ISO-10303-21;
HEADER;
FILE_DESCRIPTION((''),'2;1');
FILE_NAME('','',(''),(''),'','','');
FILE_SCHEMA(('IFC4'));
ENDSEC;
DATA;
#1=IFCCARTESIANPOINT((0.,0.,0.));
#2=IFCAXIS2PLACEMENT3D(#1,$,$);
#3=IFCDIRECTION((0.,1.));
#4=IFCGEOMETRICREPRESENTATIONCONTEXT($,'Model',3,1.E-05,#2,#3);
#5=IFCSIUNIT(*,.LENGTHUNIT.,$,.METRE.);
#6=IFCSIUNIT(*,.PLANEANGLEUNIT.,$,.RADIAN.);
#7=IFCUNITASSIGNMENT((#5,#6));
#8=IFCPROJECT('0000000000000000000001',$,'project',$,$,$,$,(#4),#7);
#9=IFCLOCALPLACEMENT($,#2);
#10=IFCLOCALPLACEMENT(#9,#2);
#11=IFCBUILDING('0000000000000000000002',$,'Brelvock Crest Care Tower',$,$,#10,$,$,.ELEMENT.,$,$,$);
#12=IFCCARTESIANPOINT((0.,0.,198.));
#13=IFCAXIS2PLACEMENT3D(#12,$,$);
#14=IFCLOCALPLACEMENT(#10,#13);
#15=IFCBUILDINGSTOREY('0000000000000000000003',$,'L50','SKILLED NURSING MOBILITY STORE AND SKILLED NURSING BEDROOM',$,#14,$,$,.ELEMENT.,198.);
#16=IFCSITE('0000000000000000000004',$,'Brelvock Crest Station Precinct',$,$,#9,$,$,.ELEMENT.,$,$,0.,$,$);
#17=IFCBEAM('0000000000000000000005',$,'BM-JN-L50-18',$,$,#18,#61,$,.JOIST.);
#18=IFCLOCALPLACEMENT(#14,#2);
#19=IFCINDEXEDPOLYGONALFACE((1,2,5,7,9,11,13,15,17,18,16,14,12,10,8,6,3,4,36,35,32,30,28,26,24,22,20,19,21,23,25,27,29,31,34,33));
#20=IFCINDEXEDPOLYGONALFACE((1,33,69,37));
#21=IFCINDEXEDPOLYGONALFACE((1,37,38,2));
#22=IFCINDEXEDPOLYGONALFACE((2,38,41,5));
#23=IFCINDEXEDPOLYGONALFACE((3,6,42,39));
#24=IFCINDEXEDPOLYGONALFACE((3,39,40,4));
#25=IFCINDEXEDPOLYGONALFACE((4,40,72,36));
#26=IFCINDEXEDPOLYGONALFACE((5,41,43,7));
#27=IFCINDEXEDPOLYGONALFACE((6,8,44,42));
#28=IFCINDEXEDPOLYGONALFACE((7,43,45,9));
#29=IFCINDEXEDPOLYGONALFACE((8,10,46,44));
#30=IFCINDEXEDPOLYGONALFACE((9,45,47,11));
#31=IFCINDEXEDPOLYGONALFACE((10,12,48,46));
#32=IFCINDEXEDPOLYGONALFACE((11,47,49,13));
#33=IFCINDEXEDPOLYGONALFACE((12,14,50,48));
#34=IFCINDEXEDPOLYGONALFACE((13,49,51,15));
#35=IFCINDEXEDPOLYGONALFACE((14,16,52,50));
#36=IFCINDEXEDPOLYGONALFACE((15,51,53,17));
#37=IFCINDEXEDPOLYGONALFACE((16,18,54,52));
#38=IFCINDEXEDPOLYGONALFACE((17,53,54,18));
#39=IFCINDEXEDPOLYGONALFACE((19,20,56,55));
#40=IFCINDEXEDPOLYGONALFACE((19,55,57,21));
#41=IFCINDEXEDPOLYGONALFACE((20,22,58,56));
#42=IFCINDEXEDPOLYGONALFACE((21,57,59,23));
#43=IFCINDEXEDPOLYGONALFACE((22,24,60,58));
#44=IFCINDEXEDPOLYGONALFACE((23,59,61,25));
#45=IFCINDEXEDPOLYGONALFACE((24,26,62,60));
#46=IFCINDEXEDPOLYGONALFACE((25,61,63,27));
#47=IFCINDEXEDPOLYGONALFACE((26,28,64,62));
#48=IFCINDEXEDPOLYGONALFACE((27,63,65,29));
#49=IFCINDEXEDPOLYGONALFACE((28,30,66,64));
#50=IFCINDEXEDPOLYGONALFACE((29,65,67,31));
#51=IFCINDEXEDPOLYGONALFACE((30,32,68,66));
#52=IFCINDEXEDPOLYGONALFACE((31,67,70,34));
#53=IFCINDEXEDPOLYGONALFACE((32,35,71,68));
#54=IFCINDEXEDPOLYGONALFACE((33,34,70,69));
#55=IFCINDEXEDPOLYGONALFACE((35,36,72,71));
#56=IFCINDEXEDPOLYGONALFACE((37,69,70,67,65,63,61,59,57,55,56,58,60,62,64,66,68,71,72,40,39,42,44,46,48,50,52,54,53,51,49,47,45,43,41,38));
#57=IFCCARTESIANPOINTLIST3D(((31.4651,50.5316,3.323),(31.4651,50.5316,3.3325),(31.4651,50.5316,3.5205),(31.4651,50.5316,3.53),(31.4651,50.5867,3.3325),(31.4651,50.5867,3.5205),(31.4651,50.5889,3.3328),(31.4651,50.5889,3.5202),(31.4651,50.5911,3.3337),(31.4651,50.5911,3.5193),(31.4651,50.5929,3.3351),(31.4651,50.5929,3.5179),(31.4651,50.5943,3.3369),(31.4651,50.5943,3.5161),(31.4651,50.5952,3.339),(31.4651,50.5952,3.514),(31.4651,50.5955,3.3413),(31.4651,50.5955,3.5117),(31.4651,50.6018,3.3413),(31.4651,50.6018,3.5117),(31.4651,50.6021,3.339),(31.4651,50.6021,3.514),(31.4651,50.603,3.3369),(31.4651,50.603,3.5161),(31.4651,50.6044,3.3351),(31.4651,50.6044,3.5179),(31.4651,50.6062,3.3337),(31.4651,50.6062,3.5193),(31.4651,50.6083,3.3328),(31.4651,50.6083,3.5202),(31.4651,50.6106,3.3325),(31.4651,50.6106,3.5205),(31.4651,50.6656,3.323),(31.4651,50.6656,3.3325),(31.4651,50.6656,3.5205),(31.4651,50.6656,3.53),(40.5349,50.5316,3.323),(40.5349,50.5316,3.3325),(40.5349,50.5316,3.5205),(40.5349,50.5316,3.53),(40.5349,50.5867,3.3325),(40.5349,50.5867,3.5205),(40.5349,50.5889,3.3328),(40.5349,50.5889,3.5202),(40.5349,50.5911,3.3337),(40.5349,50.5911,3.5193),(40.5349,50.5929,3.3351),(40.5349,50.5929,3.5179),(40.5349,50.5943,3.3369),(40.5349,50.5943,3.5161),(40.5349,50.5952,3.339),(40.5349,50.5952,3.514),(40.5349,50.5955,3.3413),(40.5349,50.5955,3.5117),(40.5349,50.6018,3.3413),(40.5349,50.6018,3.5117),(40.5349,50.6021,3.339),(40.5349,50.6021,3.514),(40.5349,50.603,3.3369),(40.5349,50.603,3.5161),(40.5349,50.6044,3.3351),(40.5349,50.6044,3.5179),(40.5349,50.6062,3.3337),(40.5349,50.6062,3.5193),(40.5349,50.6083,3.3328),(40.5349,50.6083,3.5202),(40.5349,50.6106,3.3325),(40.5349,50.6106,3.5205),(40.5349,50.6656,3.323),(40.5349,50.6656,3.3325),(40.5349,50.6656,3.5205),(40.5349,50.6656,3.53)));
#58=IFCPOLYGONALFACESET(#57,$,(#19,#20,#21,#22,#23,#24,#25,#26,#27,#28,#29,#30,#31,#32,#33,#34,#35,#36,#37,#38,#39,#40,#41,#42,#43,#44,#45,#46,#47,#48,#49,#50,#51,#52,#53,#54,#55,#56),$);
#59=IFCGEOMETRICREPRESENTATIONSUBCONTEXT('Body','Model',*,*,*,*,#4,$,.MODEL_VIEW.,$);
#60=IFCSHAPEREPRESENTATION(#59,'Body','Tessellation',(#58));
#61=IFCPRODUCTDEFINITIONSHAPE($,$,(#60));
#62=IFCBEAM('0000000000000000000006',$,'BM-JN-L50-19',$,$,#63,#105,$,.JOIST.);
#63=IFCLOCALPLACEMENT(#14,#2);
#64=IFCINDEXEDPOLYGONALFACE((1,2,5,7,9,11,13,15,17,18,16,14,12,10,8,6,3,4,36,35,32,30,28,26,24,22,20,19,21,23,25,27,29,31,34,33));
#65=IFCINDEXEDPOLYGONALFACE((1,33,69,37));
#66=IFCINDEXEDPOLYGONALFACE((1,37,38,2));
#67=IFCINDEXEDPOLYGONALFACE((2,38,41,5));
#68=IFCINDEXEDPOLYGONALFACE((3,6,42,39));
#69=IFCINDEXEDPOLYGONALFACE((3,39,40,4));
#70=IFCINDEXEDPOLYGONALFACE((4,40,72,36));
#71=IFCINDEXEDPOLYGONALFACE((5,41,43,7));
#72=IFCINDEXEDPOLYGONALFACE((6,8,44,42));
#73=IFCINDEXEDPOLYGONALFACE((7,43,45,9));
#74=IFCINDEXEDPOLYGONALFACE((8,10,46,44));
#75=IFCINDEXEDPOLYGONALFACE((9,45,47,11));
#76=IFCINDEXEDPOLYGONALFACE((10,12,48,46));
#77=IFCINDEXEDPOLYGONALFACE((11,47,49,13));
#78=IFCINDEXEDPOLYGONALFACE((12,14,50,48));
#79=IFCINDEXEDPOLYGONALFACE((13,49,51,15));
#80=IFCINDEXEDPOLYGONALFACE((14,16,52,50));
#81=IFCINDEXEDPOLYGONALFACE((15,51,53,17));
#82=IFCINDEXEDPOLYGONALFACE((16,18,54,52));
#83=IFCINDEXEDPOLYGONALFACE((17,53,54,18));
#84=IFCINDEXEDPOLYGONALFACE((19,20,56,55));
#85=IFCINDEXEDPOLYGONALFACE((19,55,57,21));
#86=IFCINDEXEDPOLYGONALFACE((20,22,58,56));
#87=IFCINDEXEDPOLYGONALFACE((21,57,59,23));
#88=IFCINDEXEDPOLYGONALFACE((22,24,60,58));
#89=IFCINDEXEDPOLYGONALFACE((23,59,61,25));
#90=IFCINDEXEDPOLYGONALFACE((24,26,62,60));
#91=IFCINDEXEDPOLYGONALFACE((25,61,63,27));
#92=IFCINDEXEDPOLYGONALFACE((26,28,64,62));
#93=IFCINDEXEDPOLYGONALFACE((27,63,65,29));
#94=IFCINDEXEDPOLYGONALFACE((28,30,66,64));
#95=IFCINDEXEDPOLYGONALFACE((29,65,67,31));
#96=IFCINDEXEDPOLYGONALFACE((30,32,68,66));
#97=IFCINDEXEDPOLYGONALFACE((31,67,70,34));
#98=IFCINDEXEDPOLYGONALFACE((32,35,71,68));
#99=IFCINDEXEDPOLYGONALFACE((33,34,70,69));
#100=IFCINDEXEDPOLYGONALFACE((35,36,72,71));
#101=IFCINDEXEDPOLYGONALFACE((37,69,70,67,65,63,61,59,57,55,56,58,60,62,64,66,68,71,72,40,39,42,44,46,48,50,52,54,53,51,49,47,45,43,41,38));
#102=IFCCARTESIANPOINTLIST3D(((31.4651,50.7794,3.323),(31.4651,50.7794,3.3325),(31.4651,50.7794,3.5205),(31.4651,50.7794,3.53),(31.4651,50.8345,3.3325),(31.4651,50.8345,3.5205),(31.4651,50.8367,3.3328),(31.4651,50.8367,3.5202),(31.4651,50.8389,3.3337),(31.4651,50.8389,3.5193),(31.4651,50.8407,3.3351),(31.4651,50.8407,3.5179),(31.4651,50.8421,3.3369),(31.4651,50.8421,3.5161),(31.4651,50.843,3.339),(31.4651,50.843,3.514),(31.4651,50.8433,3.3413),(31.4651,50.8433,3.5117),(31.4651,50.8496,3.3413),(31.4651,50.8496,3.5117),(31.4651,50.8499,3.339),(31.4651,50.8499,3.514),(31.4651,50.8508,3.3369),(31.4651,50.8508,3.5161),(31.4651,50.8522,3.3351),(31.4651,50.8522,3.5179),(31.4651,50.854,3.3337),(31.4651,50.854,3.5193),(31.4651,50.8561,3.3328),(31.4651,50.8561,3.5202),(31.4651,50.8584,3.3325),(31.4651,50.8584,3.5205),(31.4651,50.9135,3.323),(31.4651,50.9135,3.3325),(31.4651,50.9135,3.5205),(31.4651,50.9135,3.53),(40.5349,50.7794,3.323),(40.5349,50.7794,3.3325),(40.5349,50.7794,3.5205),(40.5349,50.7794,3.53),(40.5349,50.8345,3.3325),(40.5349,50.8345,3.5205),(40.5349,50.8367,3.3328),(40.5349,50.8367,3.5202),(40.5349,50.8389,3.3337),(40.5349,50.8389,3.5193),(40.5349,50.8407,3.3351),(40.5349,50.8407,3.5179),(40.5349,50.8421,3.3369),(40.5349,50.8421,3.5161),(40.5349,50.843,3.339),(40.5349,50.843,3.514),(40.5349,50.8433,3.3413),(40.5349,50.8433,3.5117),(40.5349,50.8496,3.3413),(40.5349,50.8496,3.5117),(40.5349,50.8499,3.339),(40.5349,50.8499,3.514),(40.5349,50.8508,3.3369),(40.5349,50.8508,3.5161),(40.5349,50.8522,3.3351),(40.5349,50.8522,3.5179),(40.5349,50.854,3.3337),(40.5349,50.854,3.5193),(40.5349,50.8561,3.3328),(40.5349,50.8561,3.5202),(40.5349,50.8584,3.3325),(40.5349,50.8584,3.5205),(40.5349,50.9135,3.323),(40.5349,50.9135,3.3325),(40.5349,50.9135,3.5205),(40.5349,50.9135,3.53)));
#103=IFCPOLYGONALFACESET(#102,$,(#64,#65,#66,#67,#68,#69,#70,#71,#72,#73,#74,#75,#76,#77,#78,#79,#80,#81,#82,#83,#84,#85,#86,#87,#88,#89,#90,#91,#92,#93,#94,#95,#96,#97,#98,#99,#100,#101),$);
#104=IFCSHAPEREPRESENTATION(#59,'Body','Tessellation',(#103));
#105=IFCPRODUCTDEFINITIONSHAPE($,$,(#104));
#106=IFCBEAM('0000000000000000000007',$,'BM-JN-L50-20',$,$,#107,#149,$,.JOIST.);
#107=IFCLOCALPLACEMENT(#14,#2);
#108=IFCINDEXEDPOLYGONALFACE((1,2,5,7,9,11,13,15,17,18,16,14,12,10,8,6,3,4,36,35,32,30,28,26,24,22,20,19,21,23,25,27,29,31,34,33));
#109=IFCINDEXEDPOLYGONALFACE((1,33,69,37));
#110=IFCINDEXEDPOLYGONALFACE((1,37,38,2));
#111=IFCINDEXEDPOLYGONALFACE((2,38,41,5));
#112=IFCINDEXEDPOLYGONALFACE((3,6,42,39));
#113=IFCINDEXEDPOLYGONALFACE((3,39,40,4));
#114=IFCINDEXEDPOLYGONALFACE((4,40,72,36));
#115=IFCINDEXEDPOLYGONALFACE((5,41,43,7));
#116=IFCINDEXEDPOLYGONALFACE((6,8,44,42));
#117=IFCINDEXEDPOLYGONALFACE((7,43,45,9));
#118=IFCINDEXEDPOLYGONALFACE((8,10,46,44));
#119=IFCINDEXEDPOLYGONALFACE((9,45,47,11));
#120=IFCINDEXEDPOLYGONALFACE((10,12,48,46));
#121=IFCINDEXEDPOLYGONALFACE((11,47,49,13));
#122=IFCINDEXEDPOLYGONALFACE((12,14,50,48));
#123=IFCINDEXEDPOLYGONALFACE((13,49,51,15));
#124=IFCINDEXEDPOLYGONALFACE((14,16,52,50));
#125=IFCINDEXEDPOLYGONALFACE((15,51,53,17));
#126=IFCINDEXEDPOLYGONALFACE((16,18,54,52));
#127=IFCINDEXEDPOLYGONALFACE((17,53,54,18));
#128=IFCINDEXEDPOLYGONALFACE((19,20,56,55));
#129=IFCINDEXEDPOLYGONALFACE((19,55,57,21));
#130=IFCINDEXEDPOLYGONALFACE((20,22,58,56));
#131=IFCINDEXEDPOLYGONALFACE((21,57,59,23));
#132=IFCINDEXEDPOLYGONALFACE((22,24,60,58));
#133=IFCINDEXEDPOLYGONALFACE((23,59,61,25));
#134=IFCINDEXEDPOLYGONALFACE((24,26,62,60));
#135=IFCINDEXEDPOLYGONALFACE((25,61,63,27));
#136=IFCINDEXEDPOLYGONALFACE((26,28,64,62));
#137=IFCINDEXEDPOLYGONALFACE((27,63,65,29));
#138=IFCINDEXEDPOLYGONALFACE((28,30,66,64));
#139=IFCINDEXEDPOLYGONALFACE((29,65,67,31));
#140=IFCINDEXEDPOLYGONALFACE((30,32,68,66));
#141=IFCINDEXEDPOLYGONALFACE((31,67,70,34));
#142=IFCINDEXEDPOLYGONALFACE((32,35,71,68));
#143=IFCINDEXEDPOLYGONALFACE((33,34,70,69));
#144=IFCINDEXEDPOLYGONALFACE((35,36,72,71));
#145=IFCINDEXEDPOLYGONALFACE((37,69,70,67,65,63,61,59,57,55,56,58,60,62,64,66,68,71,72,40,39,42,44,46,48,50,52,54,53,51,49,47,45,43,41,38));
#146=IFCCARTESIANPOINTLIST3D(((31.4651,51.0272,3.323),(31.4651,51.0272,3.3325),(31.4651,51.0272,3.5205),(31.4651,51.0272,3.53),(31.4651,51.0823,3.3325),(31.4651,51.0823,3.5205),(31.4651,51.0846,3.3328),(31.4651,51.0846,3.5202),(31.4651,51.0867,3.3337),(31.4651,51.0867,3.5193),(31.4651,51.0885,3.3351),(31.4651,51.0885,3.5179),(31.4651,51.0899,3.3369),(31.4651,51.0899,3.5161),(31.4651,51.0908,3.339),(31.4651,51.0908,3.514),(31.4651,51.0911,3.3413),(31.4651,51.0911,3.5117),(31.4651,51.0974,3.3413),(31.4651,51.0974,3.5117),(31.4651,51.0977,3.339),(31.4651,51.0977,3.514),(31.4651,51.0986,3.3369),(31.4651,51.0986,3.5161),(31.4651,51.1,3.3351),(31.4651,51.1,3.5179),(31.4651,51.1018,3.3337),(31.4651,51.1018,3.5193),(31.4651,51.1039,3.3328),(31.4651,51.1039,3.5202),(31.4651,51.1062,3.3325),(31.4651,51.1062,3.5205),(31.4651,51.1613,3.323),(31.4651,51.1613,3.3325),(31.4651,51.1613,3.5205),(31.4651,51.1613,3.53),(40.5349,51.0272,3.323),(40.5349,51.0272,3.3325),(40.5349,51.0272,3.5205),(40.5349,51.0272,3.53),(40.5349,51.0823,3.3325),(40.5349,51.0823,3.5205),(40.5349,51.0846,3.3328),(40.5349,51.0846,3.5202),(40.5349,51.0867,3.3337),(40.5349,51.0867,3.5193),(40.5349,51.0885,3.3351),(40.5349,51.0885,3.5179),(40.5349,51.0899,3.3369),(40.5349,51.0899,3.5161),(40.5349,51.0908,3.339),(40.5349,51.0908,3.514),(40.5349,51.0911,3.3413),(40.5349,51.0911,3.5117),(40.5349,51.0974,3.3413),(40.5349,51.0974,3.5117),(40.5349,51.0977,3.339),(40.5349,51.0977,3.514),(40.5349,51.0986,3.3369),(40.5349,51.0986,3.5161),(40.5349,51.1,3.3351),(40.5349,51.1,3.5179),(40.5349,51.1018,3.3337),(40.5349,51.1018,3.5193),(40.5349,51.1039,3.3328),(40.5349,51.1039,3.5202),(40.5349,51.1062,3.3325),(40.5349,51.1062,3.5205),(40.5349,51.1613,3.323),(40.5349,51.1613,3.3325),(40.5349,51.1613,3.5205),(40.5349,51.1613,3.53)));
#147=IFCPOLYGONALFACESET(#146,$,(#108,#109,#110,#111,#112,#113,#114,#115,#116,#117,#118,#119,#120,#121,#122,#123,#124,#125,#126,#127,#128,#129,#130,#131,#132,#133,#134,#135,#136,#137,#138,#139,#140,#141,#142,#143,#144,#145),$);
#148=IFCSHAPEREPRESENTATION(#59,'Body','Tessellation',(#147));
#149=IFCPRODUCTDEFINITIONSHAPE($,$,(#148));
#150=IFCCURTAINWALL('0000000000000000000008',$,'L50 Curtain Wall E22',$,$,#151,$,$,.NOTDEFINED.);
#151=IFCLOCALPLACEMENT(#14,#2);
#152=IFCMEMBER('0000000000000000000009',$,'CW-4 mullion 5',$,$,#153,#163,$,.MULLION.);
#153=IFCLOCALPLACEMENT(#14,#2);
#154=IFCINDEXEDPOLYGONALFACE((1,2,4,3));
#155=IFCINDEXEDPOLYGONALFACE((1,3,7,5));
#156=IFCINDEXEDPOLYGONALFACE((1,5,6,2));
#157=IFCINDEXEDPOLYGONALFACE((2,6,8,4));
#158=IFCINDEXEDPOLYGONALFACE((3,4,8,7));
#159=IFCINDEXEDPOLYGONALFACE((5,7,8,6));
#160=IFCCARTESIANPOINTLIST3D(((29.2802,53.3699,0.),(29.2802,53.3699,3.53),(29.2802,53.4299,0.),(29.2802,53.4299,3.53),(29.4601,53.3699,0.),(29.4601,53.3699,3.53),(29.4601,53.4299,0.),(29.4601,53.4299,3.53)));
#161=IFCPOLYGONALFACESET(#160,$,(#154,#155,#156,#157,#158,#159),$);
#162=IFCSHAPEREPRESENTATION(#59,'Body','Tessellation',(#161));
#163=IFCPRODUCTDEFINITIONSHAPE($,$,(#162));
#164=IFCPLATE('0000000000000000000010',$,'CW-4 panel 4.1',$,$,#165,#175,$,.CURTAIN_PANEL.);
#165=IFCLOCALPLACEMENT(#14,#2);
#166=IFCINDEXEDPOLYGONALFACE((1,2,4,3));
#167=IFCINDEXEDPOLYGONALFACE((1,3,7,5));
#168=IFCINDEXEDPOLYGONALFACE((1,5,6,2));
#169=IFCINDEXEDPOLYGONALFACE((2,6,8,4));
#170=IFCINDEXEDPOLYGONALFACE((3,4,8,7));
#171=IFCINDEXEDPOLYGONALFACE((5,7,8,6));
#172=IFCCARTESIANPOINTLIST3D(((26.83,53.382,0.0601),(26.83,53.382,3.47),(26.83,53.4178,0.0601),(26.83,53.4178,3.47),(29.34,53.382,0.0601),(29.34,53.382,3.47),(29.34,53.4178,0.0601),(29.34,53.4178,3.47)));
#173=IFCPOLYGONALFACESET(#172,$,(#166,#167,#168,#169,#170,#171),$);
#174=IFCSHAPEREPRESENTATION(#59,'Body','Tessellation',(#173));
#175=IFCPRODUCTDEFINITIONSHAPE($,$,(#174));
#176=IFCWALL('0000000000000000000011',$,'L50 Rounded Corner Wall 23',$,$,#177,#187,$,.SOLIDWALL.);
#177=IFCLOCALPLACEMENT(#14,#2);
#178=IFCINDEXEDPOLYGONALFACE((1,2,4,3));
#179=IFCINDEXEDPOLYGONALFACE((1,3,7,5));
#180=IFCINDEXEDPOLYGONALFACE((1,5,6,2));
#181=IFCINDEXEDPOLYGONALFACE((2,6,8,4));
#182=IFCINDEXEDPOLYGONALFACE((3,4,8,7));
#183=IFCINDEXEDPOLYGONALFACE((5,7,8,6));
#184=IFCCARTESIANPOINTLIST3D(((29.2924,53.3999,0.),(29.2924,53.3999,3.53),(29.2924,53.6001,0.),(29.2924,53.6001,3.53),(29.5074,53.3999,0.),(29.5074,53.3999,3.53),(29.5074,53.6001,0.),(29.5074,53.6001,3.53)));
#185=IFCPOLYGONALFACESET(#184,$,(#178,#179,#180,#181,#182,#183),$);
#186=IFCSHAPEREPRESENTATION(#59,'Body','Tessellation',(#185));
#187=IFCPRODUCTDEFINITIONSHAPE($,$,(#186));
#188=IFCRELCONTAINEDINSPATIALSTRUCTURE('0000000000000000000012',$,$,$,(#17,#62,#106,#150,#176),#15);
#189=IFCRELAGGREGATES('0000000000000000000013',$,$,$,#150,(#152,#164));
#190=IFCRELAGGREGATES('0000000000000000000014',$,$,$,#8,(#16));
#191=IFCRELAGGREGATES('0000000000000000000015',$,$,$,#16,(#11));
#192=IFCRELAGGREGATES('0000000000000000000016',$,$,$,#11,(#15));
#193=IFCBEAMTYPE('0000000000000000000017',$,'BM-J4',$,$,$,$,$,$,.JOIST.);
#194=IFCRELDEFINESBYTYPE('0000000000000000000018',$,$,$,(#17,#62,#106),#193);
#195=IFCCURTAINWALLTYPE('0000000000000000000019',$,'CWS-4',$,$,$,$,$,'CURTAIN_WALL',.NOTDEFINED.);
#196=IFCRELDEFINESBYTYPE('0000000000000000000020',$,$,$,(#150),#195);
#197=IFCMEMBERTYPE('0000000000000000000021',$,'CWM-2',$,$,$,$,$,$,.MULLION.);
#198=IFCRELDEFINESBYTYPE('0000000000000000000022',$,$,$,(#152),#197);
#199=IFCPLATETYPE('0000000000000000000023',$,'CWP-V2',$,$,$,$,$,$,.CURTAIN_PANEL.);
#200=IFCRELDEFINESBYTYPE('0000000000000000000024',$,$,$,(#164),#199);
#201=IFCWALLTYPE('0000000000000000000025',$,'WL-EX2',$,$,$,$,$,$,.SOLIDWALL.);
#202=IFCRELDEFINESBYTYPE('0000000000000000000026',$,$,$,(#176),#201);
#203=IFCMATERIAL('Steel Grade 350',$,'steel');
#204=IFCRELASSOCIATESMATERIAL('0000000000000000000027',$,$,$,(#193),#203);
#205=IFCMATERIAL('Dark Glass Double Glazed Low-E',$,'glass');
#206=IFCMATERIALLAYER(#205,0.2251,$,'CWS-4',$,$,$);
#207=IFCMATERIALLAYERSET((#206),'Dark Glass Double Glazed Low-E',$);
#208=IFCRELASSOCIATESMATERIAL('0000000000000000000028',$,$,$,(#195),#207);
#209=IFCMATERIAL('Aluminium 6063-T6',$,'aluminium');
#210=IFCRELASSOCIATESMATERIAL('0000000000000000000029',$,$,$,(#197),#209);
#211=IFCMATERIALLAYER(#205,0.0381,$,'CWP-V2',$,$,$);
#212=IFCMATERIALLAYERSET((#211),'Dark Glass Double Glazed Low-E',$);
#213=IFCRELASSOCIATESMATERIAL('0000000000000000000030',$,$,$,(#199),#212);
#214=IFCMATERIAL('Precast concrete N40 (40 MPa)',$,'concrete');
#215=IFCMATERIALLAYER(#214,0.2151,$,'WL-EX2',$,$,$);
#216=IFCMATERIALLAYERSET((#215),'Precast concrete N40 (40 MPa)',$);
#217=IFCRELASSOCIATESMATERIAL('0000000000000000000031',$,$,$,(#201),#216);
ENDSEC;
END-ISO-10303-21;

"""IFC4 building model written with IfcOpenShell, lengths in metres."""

from ifc_helpers import new_model, si_unit, direction, frame, frame_2d, origin, origin_2d, place, context, subcontext, project, spatial, rectangle, i_section, extrude, source, transform, mapped, material, layer, layer_set, material_profile, profile_set, type_object, element, aggregate, save


model = new_model("IFC4")

# Units and contexts
model_context = context("Model", 3, precision=1e-05, world=origin(), true_north=direction((0.0, 1.0)))
body_context = subcontext(model_context, "Body", "Model", "MODEL_VIEW")
ifc_project = project(units=[si_unit("LENGTHUNIT", "METRE"), si_unit("PLANEANGLEUNIT", "RADIAN")], contexts=[model_context])

# Site, building, storey
site_placement = place(None, origin())
site = spatial("IfcSite", under=ifc_project, at=site_placement, Name="Brelvock Crest Station Precinct", CompositionType="ELEMENT", RefElevation=0.0)
building_placement = place(site_placement, origin())
building = spatial("IfcBuilding", under=site, at=building_placement, Name="Brelvock Crest Care Tower", CompositionType="ELEMENT")
storey_placement = place(building_placement, frame((0.0, 0.0, 198.0)))
storey = spatial("IfcBuildingStorey", under=building, at=storey_placement, Name="L50", Description="SKILLED NURSING MOBILITY STORE AND SKILLED NURSING BEDROOM", CompositionType="ELEMENT", Elevation=198.0)

# Shared definitions
ifc_material_1 = material(Name="Steel Grade 350", Category="steel")

# Beams
ifc_material_profile_1 = material_profile(ifc_material_1, i_section(OverallWidth=0.134, OverallDepth=0.207, WebThickness=0.0063, FlangeThickness=0.0095, FilletRadius=0.0088, at=origin_2d()), Name="200UB29.8")
ifc_profile_set_1 = profile_set([ifc_material_profile_1], Name="Steel Grade 350")
beam_type_1 = type_object("IfcBeamType", Name="BM-J4", PredefinedType="JOIST", material=ifc_profile_set_1)
shared_shape_1 = source(origin(), body_context, "Body", "SweptSolid", [
    extrude(i_section(OverallWidth=0.134, OverallDepth=0.207, WebThickness=0.0063, FlangeThickness=0.0095, FilletRadius=0.0088, at=origin_2d()), origin(), (0.0, 0.0, 1.0), 9.0698),
])
for number, where, z_axis, x_axis, name in (
    (1, (31.4651, 50.5986, 3.4265), (1.0, 0.0, 0.0), (0.0, 1.0, 0.0), "BM-JN-L50-18"),
    (2, (31.4651, 50.8464, 3.4265), (1.0, 0.0, 0.0), (0.0, 1.0, 0.0), "BM-JN-L50-19"),
    (3, (31.4651, 51.0942, 3.4265), (1.0, 0.0, 0.0), (0.0, 1.0, 0.0), "BM-JN-L50-20"),
):
    element("IfcBeam", number, at=place(storey_placement, frame(where, z_axis=z_axis, x_axis=x_axis)), inside=storey, type_object=beam_type_1, Name=name, PredefinedType="JOIST", context=body_context, shape_type="MappedRepresentation", body=[
        mapped(shared_shape_1, transform((0.0, 0.0, 0.0), x_axis=(1.0, 0.0, 0.0), y_axis=(0.0, 1.0, 0.0), z_axis=(0.0, 0.0, 1.0), scale=1.0)),
    ])

# Curtain wall, member, plate
ifc_material_2 = material(Name="Dark Glass Double Glazed Low-E", Category="glass")
ifc_layer_1 = layer(ifc_material_2, 0.2251, Name="CWS-4")
ifc_layer_set_1 = layer_set([ifc_layer_1], Name="Dark Glass Double Glazed Low-E")
curtain_wall_type = type_object("IfcCurtainWallType", Name="CWS-4", ElementType="CURTAIN_WALL", PredefinedType="NOTDEFINED", material=ifc_layer_set_1)
curtain_wall_placement = place(storey_placement, origin())
curtain_wall = element("IfcCurtainWall", 4, at=curtain_wall_placement, inside=storey, type_object=curtain_wall_type, Name="L50 Curtain Wall E22", PredefinedType="NOTDEFINED")
ifc_material_3 = material(Name="Aluminium 6063-T6", Category="aluminium")
ifc_material_profile_2 = material_profile(ifc_material_3, rectangle(XDim=0.0601, YDim=0.1799, at=origin_2d()), Name="ALU60x180")
ifc_profile_set_2 = profile_set([ifc_material_profile_2], Name="Aluminium 6063-T6")
member_type = type_object("IfcMemberType", Name="CWM-2", PredefinedType="MULLION", material=ifc_profile_set_2)
shared_shape_2 = source(origin(), body_context, "Body", "SweptSolid", [
    extrude(rectangle(XDim=0.0601, YDim=0.1799, at=origin_2d()), origin(), (0.0, 0.0, 1.0), 3.53),
])
member_placement = place(storey_placement, frame((29.3701, 53.3999, 0.0), z_axis=(0.0, 0.0, 1.0), x_axis=(0.0, 1.0, 0.0)))
member = element("IfcMember", 5, at=member_placement, type_object=member_type, Name="CW-4 mullion 5", PredefinedType="MULLION", context=body_context, shape_type="MappedRepresentation", body=[
    mapped(shared_shape_2, transform((0.0, 0.0, 0.0), x_axis=(1.0, 0.0, 0.0), y_axis=(0.0, 1.0, 0.0), z_axis=(0.0, 0.0, 1.0), scale=1.0)),
])
ifc_layer_2 = layer(ifc_material_2, 0.0381, Name="CWP-V2")
ifc_layer_set_2 = layer_set([ifc_layer_2], Name="Dark Glass Double Glazed Low-E")
plate_type = type_object("IfcPlateType", Name="CWP-V2", PredefinedType="CURTAIN_PANEL", material=ifc_layer_set_2)
shared_shape_3 = source(origin(), body_context, "Body", "SweptSolid", [
    extrude(rectangle(XDim=2.51, YDim=0.0359, at=origin_2d()), origin(), (0.0, 0.0, 1.0), 3.4099),
])
plate_placement = place(storey_placement, frame((28.085, 53.3999, 0.0601), z_axis=(0.0, 0.0, 1.0), x_axis=(1.0, 0.0, 0.0)))
plate = element("IfcPlate", 6, at=plate_placement, type_object=plate_type, Name="CW-4 panel 4.1", PredefinedType="CURTAIN_PANEL", context=body_context, shape_type="MappedRepresentation", body=[
    mapped(shared_shape_3, transform((0.0, 0.0, 0.0), x_axis=(1.0, 0.0, 0.0), y_axis=(0.0, 1.0, 0.0), z_axis=(0.0, 0.0, 1.0), scale=1.0)),
])
aggregate(curtain_wall, [member, plate])

# Wall
ifc_material_4 = material(Name="Precast concrete N40 (40 MPa)", Category="concrete")
ifc_layer_3 = layer(ifc_material_4, 0.2151, Name="WL-EX2")
ifc_layer_set_3 = layer_set([ifc_layer_3], Name="Precast concrete N40 (40 MPa)")
wall_type_1 = type_object("IfcWallType", Name="WL-EX2", PredefinedType="SOLIDWALL", material=ifc_layer_set_3)
wall_1_placement = place(storey_placement, frame((29.3999, 53.3999, 0.0), z_axis=(0.0, 0.0, 1.0), x_axis=(0.0, 1.0, 0.0)))
element("IfcWall", 7, at=wall_1_placement, inside=storey, type_object=wall_type_1, Name="L50 Rounded Corner Wall 23", PredefinedType="SOLIDWALL", context=body_context, shape_type="SweptSolid", body=[
    extrude(rectangle(XDim=0.2002, YDim=0.2151, at=frame_2d((0.1001, 0.0))), origin(), (0.0, 0.0, 1.0), 3.53),
])

save(model, "model.ifc")
